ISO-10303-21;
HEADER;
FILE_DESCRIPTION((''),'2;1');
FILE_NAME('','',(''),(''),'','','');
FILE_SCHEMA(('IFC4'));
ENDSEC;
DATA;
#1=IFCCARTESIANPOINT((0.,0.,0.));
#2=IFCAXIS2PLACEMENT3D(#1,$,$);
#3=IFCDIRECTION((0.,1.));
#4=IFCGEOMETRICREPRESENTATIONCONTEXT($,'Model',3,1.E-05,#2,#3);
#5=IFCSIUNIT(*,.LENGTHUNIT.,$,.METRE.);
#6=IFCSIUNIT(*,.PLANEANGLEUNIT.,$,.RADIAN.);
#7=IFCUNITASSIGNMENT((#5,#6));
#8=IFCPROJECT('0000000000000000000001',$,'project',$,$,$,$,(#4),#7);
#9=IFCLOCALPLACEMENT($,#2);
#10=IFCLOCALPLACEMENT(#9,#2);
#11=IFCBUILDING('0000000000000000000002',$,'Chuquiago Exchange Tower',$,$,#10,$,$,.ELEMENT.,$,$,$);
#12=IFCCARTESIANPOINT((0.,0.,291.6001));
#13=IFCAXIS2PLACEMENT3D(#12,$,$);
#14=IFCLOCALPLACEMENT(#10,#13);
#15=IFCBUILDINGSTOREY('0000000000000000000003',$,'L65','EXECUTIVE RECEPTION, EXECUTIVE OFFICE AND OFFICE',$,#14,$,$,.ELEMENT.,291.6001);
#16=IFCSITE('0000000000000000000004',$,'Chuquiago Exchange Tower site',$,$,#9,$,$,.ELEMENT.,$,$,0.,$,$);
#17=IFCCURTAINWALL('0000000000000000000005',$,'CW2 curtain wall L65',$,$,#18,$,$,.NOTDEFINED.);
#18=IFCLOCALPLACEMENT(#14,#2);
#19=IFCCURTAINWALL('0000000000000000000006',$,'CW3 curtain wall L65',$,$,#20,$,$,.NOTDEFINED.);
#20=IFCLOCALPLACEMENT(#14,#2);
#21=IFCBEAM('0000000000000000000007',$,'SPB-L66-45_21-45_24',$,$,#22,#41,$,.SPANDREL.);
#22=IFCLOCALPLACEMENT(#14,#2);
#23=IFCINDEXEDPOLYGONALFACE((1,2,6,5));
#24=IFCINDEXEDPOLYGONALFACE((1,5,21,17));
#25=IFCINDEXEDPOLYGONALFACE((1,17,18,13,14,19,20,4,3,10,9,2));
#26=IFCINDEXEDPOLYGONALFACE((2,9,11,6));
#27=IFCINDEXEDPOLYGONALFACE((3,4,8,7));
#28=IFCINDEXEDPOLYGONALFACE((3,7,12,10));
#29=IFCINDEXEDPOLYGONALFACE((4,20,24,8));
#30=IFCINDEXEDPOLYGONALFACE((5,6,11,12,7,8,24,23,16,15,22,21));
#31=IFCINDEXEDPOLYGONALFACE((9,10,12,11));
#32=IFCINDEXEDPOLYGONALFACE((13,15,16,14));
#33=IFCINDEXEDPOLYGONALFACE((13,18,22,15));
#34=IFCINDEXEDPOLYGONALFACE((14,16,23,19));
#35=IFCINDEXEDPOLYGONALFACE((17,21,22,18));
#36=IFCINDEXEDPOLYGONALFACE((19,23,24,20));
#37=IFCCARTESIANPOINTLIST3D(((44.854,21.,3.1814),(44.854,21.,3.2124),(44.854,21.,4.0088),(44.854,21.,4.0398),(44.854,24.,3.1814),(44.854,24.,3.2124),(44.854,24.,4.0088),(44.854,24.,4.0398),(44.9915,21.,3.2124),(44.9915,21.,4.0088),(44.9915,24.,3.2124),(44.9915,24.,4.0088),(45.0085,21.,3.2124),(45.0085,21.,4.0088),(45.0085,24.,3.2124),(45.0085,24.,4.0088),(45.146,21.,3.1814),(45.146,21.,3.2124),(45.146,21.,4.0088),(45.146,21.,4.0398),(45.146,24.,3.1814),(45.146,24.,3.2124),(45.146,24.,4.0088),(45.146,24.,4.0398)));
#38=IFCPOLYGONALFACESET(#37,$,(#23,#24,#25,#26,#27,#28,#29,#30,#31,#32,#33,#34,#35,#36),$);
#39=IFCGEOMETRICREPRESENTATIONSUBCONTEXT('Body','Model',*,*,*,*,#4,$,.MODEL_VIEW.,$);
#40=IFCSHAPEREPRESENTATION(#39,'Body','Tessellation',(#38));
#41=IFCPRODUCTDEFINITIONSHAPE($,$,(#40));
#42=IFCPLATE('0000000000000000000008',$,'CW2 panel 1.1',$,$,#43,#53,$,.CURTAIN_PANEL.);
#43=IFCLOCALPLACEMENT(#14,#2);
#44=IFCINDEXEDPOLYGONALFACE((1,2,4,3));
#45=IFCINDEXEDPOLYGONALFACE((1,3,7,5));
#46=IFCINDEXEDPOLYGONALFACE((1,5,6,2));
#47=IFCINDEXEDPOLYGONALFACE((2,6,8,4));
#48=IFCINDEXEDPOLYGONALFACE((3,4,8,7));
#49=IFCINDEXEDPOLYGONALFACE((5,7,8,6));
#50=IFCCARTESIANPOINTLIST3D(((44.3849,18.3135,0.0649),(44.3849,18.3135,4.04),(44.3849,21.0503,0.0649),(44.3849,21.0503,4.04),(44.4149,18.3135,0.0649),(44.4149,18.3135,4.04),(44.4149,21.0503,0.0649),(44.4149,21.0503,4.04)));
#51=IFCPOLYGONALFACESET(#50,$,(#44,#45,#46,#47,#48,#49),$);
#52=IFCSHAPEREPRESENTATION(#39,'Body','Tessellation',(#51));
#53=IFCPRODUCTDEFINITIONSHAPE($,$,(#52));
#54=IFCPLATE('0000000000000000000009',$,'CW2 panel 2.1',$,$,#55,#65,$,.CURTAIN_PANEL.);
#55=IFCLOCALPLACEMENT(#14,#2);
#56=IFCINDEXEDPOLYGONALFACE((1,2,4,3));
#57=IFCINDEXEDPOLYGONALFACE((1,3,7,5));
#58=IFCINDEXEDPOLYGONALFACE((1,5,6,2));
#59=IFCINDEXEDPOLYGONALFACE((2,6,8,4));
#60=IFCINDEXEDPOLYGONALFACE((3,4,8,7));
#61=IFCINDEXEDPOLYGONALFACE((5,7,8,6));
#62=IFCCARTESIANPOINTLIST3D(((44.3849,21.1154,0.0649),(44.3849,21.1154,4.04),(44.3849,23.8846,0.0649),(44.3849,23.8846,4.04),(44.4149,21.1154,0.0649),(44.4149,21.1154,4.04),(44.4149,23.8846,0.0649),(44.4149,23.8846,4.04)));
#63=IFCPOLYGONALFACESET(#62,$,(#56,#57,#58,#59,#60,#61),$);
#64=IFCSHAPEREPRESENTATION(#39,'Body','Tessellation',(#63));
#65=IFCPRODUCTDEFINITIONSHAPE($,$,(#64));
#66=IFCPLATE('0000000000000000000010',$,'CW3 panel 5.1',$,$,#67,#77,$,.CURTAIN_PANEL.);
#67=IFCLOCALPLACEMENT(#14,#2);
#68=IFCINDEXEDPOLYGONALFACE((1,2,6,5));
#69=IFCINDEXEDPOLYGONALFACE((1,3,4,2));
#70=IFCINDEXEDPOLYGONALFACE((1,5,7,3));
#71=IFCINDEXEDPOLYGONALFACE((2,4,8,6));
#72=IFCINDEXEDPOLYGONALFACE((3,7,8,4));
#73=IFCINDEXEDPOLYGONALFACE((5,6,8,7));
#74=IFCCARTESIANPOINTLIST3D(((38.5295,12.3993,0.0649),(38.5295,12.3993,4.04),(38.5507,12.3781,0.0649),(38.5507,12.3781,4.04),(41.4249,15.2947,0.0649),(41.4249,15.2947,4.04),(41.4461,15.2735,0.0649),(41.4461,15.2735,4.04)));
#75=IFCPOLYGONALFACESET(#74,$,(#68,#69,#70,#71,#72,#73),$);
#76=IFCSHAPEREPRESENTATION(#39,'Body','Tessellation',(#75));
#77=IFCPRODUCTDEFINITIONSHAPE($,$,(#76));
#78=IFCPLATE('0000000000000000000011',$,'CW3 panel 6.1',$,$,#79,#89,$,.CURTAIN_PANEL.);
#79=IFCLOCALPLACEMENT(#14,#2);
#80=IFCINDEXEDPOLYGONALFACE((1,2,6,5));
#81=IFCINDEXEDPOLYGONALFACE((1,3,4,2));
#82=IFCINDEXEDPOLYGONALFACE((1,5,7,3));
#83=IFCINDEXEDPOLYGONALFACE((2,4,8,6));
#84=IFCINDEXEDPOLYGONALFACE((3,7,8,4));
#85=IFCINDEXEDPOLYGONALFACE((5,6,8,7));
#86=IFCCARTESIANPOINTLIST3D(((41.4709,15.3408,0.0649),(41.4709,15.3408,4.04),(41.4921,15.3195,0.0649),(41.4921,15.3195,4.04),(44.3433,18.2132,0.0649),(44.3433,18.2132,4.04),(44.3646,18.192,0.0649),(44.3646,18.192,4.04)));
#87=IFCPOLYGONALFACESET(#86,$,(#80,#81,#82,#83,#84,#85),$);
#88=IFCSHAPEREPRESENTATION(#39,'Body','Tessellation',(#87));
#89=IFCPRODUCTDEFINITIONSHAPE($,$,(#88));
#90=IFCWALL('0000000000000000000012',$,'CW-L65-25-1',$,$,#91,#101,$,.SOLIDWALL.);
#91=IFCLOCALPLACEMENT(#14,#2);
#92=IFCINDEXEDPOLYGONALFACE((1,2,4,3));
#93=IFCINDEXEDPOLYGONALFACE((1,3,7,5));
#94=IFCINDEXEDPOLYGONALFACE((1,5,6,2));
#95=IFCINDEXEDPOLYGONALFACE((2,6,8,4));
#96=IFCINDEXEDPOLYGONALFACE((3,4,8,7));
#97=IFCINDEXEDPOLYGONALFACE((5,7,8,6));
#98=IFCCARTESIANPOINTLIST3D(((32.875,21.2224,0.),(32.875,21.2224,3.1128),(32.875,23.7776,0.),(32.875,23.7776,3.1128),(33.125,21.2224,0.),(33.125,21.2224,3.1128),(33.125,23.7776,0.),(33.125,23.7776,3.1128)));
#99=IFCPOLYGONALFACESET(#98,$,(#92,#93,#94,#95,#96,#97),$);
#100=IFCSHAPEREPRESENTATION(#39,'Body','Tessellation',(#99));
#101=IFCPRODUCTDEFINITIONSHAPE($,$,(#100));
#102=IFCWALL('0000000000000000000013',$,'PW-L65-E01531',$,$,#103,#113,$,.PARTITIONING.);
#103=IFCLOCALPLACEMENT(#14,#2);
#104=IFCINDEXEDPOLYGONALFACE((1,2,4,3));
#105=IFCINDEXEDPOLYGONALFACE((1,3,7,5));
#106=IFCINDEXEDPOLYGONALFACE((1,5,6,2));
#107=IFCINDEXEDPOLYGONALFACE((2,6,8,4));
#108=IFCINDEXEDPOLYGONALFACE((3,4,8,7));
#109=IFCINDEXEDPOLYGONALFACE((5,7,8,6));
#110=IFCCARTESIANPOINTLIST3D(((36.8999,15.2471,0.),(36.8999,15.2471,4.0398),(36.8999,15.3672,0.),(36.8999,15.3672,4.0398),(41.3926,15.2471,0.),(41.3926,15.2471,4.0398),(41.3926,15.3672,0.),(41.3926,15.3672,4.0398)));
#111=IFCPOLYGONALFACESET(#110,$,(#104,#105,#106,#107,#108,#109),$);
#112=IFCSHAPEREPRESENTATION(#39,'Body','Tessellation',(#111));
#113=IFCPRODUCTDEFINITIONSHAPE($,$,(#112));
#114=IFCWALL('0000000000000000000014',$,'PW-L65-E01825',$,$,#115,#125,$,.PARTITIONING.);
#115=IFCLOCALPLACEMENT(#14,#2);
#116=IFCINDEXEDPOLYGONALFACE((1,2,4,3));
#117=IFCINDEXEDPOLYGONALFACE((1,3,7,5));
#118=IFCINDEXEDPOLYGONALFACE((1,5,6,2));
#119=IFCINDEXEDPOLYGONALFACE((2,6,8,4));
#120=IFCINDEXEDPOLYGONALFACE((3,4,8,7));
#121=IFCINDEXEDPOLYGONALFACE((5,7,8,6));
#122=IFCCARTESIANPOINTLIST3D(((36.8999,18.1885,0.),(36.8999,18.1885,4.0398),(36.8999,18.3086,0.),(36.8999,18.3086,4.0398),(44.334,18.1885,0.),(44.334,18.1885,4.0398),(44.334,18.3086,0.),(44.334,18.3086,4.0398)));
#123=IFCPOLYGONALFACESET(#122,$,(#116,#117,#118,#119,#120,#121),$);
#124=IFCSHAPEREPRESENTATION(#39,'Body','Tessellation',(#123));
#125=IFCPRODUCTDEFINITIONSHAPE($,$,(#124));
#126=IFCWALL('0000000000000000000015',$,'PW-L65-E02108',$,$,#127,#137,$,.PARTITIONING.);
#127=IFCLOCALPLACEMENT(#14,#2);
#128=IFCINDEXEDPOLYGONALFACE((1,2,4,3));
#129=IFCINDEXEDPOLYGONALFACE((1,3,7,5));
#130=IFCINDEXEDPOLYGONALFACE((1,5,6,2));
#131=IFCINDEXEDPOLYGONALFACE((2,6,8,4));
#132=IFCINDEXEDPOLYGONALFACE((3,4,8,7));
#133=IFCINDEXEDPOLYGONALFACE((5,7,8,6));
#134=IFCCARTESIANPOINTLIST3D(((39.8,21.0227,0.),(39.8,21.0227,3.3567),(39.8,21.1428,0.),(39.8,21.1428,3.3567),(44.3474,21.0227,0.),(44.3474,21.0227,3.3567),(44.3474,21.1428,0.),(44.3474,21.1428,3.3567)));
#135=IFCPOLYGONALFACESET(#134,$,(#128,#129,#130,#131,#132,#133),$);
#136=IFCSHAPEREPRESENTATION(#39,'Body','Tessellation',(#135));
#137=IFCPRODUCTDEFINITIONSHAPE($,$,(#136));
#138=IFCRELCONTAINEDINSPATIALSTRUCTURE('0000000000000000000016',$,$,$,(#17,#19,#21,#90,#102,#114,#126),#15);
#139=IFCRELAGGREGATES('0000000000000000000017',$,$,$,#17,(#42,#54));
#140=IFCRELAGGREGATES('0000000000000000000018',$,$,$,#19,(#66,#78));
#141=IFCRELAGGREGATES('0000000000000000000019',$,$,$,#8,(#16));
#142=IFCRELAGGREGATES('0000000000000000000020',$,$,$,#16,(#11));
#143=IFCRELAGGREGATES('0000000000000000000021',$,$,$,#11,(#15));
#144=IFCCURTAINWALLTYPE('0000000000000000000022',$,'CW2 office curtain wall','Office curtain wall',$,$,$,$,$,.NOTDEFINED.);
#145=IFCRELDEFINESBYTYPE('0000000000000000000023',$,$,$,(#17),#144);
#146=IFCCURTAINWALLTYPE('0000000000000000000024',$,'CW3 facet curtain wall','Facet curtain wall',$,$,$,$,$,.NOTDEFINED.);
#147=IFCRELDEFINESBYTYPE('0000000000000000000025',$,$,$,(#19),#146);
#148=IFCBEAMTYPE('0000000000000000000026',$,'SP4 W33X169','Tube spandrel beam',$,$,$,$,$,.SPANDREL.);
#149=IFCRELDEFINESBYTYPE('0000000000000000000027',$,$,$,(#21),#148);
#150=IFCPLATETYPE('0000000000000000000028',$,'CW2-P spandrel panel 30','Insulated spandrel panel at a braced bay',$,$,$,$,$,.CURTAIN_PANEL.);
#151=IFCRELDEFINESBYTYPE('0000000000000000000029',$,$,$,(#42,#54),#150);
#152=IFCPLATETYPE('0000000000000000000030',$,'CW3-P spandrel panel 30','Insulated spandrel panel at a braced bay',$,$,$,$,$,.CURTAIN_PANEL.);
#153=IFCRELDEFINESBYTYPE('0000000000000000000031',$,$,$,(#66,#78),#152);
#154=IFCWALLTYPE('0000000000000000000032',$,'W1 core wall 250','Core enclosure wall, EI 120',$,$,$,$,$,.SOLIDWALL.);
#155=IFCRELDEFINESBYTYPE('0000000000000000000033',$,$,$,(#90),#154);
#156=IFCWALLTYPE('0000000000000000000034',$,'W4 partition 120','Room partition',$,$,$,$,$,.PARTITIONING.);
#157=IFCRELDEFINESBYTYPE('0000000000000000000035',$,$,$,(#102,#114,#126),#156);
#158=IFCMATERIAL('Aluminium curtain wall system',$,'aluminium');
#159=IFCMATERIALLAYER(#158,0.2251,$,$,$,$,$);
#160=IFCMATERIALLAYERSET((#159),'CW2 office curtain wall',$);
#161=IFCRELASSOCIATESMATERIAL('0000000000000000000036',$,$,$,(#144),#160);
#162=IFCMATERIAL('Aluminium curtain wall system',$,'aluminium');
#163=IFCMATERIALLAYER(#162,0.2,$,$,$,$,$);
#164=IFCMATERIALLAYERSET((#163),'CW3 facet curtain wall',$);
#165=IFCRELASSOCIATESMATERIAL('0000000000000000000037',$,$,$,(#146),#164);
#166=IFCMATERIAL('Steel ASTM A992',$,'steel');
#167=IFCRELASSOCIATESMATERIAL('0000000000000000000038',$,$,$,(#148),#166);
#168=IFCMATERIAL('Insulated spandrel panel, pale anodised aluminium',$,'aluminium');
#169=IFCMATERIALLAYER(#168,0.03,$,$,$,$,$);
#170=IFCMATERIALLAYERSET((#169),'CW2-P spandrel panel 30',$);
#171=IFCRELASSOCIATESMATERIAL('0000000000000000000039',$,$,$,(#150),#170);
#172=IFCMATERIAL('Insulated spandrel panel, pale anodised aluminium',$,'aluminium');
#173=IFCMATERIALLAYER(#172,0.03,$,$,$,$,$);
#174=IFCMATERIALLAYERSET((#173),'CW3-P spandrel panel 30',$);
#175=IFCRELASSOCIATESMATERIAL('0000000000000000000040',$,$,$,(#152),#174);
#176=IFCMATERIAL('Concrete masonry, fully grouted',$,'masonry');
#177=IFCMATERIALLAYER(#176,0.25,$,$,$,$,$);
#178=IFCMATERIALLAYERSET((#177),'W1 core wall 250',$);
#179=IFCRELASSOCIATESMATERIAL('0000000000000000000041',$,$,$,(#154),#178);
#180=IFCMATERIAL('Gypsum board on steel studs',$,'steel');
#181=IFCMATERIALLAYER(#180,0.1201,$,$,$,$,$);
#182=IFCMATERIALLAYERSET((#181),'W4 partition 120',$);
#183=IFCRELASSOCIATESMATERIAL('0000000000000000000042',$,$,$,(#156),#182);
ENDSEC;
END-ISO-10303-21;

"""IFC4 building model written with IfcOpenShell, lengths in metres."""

from ifc_helpers import new_model, si_unit, direction, frame, frame_2d, origin, origin_2d, place, context, subcontext, project, spatial, rectangle, i_section, extrude, material, layer, layer_set, material_profile, profile_set, type_object, element, aggregate, save


model = new_model("IFC4")

# Units and contexts
model_context = context("Model", 3, precision=1e-05, world=origin(), true_north=direction((0.0, 1.0)))
body_context = subcontext(model_context, "Body", "Model", "MODEL_VIEW")
ifc_project = project(units=[si_unit("LENGTHUNIT", "METRE"), si_unit("PLANEANGLEUNIT", "RADIAN")], contexts=[model_context])

# Site, building, storey
site_placement = place(None, origin())
site = spatial("IfcSite", under=ifc_project, at=site_placement, Name="Chuquiago Exchange Tower site", CompositionType="ELEMENT", RefElevation=0.0)
building_placement = place(site_placement, origin())
building = spatial("IfcBuilding", under=site, at=building_placement, Name="Chuquiago Exchange Tower", CompositionType="ELEMENT")
storey_placement = place(building_placement, frame((0.0, 0.0, 291.6001)))
storey = spatial("IfcBuildingStorey", under=building, at=storey_placement, Name="L65", Description="EXECUTIVE RECEPTION, EXECUTIVE OFFICE AND OFFICE", CompositionType="ELEMENT", Elevation=291.6001)

# Curtain walls
ifc_material_1 = material(Name="Aluminium curtain wall system", Category="aluminium")
ifc_layer_1 = layer(ifc_material_1, 0.2251)
ifc_layer_set_1 = layer_set([ifc_layer_1], Name="CW2 office curtain wall")
curtain_wall_type_1 = type_object("IfcCurtainWallType", Name="CW2 office curtain wall", Description="Office curtain wall", PredefinedType="NOTDEFINED", material=ifc_layer_set_1)
curtain_wall_1_placement = place(storey_placement, origin())
curtain_wall_1 = element("IfcCurtainWall", 1, at=curtain_wall_1_placement, inside=storey, type_object=curtain_wall_type_1, Name="CW2 curtain wall L65", PredefinedType="NOTDEFINED")
ifc_material_2 = material(Name="Aluminium curtain wall system", Category="aluminium")
ifc_layer_2 = layer(ifc_material_2, 0.2)
ifc_layer_set_2 = layer_set([ifc_layer_2], Name="CW3 facet curtain wall")
curtain_wall_type_2 = type_object("IfcCurtainWallType", Name="CW3 facet curtain wall", Description="Facet curtain wall", PredefinedType="NOTDEFINED", material=ifc_layer_set_2)
curtain_wall_2_placement = place(storey_placement, origin())
curtain_wall_2 = element("IfcCurtainWall", 2, at=curtain_wall_2_placement, inside=storey, type_object=curtain_wall_type_2, Name="CW3 curtain wall L65", PredefinedType="NOTDEFINED")

# Beam
ifc_material_3 = material(Name="Steel ASTM A992", Category="steel")
ifc_material_profile_1 = material_profile(ifc_material_3, i_section(OverallWidth=0.292, OverallDepth=0.8584, WebThickness=0.0171, FlangeThickness=0.031, at=origin_2d()), Name="W33X169")
ifc_profile_set_1 = profile_set([ifc_material_profile_1], Name="Steel ASTM A992")
beam_type_1 = type_object("IfcBeamType", Name="SP4 W33X169", Description="Tube spandrel beam", PredefinedType="SPANDREL", material=ifc_profile_set_1)
for number, where, z_axis, x_axis, name in (
    (3, (45.0, 21.0, 3.6106), (0.0, 1.0, 0.0), (-1.0, 0.0, 0.0), "SPB-L66-45_21-45_24"),
):
    element("IfcBeam", number, at=place(storey_placement, frame(where, z_axis=z_axis, x_axis=x_axis)), inside=storey, type_object=beam_type_1, Name=name, PredefinedType="SPANDREL", context=body_context, shape_type="SweptSolid", body=[
        extrude(i_section(OverallWidth=0.292, OverallDepth=0.8584, WebThickness=0.0171, FlangeThickness=0.031, at=origin_2d()), origin(), (0.0, 0.0, 1.0), 3.0),
    ])

# Plates
ifc_material_4 = material(Name="Insulated spandrel panel, pale anodised aluminium", Category="aluminium")
ifc_layer_3 = layer(ifc_material_4, 0.03)
ifc_layer_set_3 = layer_set([ifc_layer_3], Name="CW2-P spandrel panel 30")
plate_type_1 = type_object("IfcPlateType", Name="CW2-P spandrel panel 30", Description="Insulated spandrel panel at a braced bay", PredefinedType="CURTAIN_PANEL", material=ifc_layer_set_3)
plate_1_placement = place(storey_placement, frame((44.3999, 19.6819, 0.0649), z_axis=(0.0, 0.0, 1.0), x_axis=(0.0, 1.0, 0.0)))
plate_1 = element("IfcPlate", 4, at=plate_1_placement, type_object=plate_type_1, Name="CW2 panel 1.1", PredefinedType="CURTAIN_PANEL", context=body_context, shape_type="SweptSolid", body=[
    extrude(rectangle(XDim=2.7368, YDim=0.03, at=origin_2d()), origin(), (0.0, 0.0, 1.0), 3.9751),
])
plate_2_placement = place(storey_placement, frame((44.3999, 22.5, 0.0649), z_axis=(0.0, 0.0, 1.0), x_axis=(0.0, 1.0, 0.0)))
plate_2 = element("IfcPlate", 5, at=plate_2_placement, type_object=plate_type_1, Name="CW2 panel 2.1", PredefinedType="CURTAIN_PANEL", context=body_context, shape_type="SweptSolid", body=[
    extrude(rectangle(XDim=2.7693, YDim=0.03, at=origin_2d()), origin(), (0.0, 0.0, 1.0), 3.9751),
])
aggregate(curtain_wall_1, [plate_1, plate_2])
ifc_material_5 = material(Name="Insulated spandrel panel, pale anodised aluminium", Category="aluminium")
ifc_layer_4 = layer(ifc_material_5, 0.03)
ifc_layer_set_4 = layer_set([ifc_layer_4], Name="CW3-P spandrel panel 30")
plate_type_2 = type_object("IfcPlateType", Name="CW3-P spandrel panel 30", Description="Insulated spandrel panel at a braced bay", PredefinedType="CURTAIN_PANEL", material=ifc_layer_set_4)
plate_3_placement = place(storey_placement, frame((39.9878, 13.8364, 0.0649), z_axis=(0.0, 0.0, 1.0), x_axis=(0.707107, 0.707107, 0.0)))
plate_3 = element("IfcPlate", 6, at=plate_3_placement, type_object=plate_type_2, Name="CW3 panel 5.1", PredefinedType="CURTAIN_PANEL", context=body_context, shape_type="SweptSolid", body=[
    extrude(rectangle(XDim=4.0947, YDim=0.03, at=origin_2d()), origin(), (0.0, 0.0, 1.0), 3.9751),
])
plate_4_placement = place(storey_placement, frame((42.9177, 16.7664, 0.0649), z_axis=(0.0, 0.0, 1.0), x_axis=(0.707107, 0.707107, 0.0)))
plate_4 = element("IfcPlate", 7, at=plate_4_placement, type_object=plate_type_2, Name="CW3 panel 6.1", PredefinedType="CURTAIN_PANEL", context=body_context, shape_type="SweptSolid", body=[
    extrude(rectangle(XDim=4.0623, YDim=0.03, at=origin_2d()), origin(), (0.0, 0.0, 1.0), 3.9751),
])
aggregate(curtain_wall_2, [plate_3, plate_4])

# Walls
ifc_material_6 = material(Name="Concrete masonry, fully grouted", Category="masonry")
ifc_layer_5 = layer(ifc_material_6, 0.25)
ifc_layer_set_5 = layer_set([ifc_layer_5], Name="W1 core wall 250")
wall_type_1 = type_object("IfcWallType", Name="W1 core wall 250", Description="Core enclosure wall, EI 120", PredefinedType="SOLIDWALL", material=ifc_layer_set_5)
wall_1_placement = place(storey_placement, frame((33.0, 21.2224, 0.0), z_axis=(0.0, 0.0, 1.0), x_axis=(0.0, 1.0, 0.0)))
element("IfcWall", 8, at=wall_1_placement, inside=storey, type_object=wall_type_1, Name="CW-L65-25-1", PredefinedType="SOLIDWALL", context=body_context, shape_type="SweptSolid", body=[
    extrude(rectangle(XDim=2.5552, YDim=0.25, at=frame_2d((1.2776, 0.0))), origin(), (0.0, 0.0, 1.0), 3.1128),
])
ifc_material_7 = material(Name="Gypsum board on steel studs", Category="steel")
ifc_layer_6 = layer(ifc_material_7, 0.1201)
ifc_layer_set_6 = layer_set([ifc_layer_6], Name="W4 partition 120")
wall_type_2 = type_object("IfcWallType", Name="W4 partition 120", Description="Room partition", PredefinedType="PARTITIONING", material=ifc_layer_set_6)
wall_2_placement = place(storey_placement, frame((41.3926, 15.3071, 0.0), z_axis=(0.0, 0.0, 1.0), x_axis=(-1.0, 0.0, 0.0)))
element("IfcWall", 9, at=wall_2_placement, inside=storey, type_object=wall_type_2, Name="PW-L65-E01531", PredefinedType="PARTITIONING", context=body_context, shape_type="SweptSolid", body=[
    extrude(rectangle(XDim=4.4927, YDim=0.1201, at=frame_2d((2.2463, 0.0))), origin(), (0.0, 0.0, 1.0), 4.0398),
])
wall_3_placement = place(storey_placement, frame((44.334, 18.2485, 0.0), z_axis=(0.0, 0.0, 1.0), x_axis=(-1.0, 0.0, 0.0)))
element("IfcWall", 10, at=wall_3_placement, inside=storey, type_object=wall_type_2, Name="PW-L65-E01825", PredefinedType="PARTITIONING", context=body_context, shape_type="SweptSolid", body=[
    extrude(rectangle(XDim=7.4341, YDim=0.1201, at=frame_2d((3.717, 0.0))), origin(), (0.0, 0.0, 1.0), 4.0398),
])
wall_4_placement = place(storey_placement, frame((44.3474, 21.0828, 0.0), z_axis=(0.0, 0.0, 1.0), x_axis=(-1.0, 0.0, 0.0)))
element("IfcWall", 11, at=wall_4_placement, inside=storey, type_object=wall_type_2, Name="PW-L65-E02108", PredefinedType="PARTITIONING", context=body_context, shape_type="SweptSolid", body=[
    extrude(rectangle(XDim=4.5474, YDim=0.1201, at=frame_2d((2.2737, 0.0))), origin(), (0.0, 0.0, 1.0), 3.3567),
])

save(model, "model.ifc")
